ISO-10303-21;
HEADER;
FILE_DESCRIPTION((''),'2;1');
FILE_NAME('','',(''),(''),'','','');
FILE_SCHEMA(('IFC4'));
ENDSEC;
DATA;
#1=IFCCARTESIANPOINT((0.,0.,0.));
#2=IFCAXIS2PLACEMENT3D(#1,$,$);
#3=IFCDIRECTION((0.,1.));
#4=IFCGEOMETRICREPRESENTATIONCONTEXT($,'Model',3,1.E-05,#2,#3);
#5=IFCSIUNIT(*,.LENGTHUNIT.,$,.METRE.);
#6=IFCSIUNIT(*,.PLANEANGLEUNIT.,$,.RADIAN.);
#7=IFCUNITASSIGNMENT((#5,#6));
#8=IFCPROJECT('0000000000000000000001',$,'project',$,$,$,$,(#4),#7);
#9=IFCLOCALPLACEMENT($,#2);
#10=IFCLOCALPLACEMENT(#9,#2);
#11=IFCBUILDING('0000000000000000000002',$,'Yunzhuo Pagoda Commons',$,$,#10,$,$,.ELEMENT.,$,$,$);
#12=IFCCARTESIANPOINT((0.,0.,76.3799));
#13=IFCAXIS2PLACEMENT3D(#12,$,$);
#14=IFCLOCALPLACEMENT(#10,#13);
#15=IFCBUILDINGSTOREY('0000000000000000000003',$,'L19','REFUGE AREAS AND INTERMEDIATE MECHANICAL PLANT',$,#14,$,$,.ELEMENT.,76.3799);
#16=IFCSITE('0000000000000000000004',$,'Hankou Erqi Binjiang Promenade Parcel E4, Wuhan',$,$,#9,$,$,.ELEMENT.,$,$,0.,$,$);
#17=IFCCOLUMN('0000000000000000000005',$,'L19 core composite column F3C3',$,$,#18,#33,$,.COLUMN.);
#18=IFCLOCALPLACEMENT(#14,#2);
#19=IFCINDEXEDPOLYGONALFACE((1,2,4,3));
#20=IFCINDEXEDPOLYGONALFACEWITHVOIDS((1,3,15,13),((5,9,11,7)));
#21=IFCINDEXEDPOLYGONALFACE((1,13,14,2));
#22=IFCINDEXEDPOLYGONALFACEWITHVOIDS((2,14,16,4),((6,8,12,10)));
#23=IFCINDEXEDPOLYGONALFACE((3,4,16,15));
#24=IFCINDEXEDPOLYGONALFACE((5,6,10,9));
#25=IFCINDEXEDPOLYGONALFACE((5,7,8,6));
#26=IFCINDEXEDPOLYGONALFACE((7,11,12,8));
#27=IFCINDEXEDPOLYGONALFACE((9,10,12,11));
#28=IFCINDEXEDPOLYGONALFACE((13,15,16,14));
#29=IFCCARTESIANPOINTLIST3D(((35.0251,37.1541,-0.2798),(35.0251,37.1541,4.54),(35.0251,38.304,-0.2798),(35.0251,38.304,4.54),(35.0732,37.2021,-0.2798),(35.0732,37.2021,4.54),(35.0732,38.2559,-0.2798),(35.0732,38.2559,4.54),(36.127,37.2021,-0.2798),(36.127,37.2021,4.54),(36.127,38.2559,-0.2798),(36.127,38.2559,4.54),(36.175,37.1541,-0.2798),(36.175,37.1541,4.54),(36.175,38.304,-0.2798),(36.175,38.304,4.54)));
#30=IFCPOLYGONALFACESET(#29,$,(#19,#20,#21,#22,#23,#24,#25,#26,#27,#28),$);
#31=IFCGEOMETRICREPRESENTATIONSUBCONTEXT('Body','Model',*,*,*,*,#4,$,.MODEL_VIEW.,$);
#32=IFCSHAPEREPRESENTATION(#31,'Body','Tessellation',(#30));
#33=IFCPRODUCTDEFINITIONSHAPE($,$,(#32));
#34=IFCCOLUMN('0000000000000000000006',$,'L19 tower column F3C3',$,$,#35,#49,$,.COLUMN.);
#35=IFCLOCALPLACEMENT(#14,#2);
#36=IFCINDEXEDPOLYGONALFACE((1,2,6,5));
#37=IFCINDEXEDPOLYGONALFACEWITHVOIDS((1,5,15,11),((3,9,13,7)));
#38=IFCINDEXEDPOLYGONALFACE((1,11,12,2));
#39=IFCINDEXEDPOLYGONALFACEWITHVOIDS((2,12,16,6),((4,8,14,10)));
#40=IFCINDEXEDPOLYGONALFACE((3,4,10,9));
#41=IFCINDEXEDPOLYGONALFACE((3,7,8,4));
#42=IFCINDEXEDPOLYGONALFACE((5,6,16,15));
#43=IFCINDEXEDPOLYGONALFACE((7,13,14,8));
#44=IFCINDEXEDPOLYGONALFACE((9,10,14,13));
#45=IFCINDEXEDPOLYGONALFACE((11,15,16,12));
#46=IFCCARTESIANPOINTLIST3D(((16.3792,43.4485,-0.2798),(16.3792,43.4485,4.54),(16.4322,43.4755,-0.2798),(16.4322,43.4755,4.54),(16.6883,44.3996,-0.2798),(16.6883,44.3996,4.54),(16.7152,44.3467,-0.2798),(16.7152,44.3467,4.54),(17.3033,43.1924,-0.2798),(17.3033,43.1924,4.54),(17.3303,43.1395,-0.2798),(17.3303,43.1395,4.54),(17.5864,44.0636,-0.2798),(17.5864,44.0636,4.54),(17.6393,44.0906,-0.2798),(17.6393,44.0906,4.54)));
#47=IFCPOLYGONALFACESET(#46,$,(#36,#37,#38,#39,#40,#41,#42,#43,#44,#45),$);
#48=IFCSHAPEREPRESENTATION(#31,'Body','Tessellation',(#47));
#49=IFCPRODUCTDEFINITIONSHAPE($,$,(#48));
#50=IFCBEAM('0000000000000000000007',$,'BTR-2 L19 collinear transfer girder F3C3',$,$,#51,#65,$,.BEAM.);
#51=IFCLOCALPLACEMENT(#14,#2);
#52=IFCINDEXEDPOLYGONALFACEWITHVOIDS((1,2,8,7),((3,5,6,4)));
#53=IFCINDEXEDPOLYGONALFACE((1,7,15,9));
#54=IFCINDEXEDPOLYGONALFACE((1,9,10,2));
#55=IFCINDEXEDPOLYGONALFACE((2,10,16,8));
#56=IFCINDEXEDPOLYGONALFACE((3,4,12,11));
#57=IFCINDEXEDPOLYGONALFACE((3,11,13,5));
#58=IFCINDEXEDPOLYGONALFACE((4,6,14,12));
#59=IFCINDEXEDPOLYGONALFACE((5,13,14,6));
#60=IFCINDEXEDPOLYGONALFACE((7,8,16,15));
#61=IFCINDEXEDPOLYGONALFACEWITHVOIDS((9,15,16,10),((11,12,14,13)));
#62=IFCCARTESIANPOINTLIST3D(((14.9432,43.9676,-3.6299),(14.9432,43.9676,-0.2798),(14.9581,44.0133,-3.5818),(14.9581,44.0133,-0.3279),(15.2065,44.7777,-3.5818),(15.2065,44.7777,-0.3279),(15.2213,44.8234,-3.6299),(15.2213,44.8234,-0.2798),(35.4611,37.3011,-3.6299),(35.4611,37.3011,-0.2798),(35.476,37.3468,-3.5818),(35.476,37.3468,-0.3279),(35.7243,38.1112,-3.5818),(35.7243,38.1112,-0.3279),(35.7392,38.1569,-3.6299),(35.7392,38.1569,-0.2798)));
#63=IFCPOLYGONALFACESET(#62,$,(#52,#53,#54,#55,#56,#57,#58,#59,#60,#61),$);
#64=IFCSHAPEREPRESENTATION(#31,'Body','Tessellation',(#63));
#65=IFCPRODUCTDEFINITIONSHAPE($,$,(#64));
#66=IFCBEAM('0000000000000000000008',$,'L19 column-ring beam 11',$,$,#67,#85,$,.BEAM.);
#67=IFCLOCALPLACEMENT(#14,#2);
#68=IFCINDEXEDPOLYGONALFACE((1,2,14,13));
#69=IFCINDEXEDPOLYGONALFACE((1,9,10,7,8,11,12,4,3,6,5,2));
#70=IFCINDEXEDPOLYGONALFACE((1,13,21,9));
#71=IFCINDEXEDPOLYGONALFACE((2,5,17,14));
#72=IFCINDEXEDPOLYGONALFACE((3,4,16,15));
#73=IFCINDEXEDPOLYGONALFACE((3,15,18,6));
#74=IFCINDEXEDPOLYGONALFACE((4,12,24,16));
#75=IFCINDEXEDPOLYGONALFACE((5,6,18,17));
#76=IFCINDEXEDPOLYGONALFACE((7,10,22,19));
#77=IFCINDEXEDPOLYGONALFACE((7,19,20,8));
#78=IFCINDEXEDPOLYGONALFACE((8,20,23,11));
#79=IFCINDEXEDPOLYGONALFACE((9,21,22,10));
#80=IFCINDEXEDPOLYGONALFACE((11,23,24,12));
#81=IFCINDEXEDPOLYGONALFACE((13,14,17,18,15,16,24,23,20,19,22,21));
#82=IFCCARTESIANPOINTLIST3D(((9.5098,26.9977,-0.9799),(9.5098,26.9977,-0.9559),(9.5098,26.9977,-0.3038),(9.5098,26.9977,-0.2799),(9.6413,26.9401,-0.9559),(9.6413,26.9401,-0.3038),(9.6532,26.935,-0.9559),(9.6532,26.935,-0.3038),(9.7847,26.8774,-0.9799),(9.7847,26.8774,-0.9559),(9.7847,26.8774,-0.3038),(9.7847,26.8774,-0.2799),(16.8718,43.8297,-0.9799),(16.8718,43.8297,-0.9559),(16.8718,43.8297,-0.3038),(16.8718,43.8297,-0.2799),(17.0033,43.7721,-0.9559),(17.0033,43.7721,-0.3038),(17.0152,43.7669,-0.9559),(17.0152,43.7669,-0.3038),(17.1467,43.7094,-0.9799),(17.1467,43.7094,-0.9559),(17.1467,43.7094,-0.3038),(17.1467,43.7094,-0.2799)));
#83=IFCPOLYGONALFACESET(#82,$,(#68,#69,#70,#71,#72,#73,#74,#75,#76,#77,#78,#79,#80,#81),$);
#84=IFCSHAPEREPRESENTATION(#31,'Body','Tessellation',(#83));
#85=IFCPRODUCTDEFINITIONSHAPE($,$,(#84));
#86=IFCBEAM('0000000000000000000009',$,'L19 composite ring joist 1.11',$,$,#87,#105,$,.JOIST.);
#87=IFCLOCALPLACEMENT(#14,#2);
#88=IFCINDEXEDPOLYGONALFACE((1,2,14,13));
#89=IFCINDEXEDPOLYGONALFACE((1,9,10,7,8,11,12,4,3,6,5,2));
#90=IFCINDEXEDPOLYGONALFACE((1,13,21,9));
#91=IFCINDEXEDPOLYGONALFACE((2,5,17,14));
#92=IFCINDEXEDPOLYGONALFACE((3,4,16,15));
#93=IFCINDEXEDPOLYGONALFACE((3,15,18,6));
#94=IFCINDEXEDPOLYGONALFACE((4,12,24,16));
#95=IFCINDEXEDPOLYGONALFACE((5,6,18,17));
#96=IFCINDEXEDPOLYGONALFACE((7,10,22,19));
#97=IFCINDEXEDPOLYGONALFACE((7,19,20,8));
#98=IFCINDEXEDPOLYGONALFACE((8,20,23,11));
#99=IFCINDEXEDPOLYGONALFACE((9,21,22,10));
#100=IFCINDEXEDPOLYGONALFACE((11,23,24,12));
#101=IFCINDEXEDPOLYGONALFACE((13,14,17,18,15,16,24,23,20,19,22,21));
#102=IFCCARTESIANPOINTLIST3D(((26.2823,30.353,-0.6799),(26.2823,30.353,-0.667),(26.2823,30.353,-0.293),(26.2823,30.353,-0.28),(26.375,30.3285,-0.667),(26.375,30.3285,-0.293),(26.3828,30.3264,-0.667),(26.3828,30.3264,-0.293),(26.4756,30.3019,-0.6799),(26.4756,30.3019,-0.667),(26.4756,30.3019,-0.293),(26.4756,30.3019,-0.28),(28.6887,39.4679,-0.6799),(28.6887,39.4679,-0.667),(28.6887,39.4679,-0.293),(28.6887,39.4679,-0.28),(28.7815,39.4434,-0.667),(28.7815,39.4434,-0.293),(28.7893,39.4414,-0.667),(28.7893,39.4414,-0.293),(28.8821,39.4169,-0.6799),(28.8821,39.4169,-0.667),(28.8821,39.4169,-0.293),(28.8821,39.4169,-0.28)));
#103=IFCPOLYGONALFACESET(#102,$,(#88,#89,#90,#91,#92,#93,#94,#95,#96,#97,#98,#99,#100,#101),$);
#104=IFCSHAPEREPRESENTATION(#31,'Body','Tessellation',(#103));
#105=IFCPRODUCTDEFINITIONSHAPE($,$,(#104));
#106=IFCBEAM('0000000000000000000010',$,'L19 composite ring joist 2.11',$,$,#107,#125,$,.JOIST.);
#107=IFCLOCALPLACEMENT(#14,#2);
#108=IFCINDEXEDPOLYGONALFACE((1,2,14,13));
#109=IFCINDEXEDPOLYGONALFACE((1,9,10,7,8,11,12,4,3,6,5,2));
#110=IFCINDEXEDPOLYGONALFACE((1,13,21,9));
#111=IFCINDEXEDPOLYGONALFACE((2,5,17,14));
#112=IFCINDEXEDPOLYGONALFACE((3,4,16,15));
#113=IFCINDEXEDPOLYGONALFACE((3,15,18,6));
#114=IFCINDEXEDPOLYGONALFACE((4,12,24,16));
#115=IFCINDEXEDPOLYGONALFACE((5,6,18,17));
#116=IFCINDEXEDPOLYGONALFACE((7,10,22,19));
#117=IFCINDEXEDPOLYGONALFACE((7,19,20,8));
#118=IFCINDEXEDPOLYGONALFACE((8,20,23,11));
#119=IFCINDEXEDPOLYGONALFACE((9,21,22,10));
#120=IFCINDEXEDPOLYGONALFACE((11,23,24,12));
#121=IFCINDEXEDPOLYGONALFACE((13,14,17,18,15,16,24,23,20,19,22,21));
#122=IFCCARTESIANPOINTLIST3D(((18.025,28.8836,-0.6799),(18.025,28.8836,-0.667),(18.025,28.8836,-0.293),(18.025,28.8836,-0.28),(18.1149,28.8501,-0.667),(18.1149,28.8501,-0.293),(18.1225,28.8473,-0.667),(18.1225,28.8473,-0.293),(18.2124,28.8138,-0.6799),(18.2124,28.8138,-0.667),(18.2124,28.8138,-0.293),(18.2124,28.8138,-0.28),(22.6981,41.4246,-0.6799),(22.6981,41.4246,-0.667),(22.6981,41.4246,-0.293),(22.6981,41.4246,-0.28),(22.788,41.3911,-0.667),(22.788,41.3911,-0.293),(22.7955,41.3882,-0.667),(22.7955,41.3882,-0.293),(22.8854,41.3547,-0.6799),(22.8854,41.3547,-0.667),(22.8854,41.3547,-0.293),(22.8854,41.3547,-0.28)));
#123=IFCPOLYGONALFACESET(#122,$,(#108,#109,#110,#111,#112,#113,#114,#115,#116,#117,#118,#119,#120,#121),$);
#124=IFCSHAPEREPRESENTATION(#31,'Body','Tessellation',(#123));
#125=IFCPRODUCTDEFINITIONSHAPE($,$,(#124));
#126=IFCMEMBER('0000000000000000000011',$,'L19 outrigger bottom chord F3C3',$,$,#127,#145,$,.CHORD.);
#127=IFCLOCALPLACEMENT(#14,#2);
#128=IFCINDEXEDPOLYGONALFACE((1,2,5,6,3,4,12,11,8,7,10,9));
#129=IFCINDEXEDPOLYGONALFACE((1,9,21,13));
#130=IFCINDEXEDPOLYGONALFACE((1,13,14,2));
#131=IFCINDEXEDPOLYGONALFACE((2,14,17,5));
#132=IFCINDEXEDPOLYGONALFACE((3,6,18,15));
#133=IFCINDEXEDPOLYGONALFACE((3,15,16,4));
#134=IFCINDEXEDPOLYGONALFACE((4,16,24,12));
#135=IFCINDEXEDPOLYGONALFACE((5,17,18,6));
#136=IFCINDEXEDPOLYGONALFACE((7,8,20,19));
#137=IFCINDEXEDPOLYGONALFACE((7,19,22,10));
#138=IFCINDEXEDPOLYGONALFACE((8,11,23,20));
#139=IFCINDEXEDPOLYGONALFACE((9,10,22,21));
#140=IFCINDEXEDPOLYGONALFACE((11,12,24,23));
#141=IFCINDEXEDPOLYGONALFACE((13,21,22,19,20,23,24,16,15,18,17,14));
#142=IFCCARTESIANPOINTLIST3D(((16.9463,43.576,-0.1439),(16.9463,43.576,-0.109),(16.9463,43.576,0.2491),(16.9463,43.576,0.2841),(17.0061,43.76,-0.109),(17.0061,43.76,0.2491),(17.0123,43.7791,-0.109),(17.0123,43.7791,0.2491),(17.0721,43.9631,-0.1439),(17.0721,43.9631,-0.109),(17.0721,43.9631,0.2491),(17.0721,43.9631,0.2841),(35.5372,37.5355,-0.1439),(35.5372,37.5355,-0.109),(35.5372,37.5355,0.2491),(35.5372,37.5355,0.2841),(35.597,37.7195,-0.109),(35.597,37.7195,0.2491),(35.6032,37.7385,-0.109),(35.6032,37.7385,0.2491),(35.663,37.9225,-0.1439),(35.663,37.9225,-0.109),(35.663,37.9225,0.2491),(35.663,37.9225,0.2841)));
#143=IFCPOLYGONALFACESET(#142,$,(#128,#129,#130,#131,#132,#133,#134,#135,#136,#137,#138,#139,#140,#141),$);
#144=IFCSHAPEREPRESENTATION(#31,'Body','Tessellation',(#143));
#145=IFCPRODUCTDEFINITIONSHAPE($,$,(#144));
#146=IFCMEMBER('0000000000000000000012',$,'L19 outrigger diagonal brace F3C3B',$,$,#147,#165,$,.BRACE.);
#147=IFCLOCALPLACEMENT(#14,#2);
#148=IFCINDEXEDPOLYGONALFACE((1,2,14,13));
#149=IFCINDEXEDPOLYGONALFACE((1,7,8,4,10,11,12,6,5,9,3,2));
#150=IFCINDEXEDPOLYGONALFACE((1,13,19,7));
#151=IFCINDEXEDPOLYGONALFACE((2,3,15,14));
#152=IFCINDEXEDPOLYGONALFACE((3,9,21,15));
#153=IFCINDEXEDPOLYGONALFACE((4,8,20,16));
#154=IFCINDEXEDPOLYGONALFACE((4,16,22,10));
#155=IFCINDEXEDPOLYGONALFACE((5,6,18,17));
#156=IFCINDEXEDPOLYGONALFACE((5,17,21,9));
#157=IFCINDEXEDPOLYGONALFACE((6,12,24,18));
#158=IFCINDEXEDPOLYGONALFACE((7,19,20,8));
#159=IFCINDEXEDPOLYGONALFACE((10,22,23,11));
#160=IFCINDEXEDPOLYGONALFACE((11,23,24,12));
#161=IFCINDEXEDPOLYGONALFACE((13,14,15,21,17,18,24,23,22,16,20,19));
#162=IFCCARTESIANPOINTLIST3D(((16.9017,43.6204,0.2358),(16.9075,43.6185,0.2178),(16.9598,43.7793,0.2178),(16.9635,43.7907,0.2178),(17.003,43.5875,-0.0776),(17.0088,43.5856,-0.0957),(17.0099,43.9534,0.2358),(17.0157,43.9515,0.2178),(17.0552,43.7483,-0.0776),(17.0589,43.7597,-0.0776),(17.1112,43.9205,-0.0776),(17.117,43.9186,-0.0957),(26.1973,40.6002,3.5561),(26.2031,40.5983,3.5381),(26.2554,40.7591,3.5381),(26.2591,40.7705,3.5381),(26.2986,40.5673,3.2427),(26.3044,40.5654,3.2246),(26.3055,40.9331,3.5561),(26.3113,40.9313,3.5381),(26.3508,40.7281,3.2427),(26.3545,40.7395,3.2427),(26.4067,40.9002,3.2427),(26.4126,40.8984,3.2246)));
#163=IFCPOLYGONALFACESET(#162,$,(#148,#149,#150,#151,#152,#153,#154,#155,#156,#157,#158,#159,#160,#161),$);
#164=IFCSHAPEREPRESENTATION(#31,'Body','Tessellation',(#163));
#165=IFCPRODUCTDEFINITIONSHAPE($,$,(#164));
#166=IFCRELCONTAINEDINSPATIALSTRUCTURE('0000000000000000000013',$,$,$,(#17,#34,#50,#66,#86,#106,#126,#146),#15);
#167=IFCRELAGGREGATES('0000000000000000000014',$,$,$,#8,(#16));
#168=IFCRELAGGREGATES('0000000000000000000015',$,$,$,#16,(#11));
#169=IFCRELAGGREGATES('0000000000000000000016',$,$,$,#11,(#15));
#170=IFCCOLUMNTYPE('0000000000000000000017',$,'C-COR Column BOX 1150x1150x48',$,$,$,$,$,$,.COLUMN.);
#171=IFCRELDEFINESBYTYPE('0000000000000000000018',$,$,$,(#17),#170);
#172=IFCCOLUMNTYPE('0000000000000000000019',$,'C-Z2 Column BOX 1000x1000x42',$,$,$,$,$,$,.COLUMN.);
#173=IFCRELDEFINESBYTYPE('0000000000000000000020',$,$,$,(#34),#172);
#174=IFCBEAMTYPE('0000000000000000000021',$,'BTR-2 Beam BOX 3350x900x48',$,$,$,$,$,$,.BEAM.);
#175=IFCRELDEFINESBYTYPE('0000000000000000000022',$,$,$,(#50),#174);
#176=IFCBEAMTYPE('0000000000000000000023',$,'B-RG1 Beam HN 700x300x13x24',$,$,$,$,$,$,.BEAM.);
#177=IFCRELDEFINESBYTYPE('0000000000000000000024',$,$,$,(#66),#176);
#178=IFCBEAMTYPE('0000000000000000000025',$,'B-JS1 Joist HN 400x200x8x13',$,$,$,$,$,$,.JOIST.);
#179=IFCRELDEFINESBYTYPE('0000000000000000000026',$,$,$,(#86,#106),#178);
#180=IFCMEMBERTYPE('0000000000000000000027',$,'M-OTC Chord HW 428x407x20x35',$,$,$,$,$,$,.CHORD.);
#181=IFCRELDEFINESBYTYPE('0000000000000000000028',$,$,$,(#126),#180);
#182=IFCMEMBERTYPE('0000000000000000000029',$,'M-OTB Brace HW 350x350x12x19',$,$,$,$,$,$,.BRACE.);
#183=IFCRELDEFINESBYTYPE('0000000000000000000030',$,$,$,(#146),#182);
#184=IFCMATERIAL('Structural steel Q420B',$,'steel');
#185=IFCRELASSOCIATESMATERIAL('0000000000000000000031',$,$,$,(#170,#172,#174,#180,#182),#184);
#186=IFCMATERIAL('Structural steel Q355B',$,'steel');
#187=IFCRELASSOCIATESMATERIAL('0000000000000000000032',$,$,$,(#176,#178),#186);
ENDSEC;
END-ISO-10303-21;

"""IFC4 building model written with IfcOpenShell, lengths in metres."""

from ifc_helpers import new_model, si_unit, direction, frame, origin, origin_2d, place, context, subcontext, project, spatial, hollow_rectangle, i_section, extrude, source, transform, mapped, material, material_profile, profile_set, type_object, element, save


model = new_model("IFC4")

# Units and contexts
model_context = context("Model", 3, precision=1e-05, world=origin(), true_north=direction((0.0, 1.0)))
body_context = subcontext(model_context, "Body", "Model", "MODEL_VIEW")
ifc_project = project(units=[si_unit("LENGTHUNIT", "METRE"), si_unit("PLANEANGLEUNIT", "RADIAN")], contexts=[model_context])

# Site, building, storey
site_placement = place(None, origin())
site = spatial("IfcSite", under=ifc_project, at=site_placement, Name="Hankou Erqi Binjiang Promenade Parcel E4, Wuhan", CompositionType="ELEMENT", RefElevation=0.0)
building_placement = place(site_placement, origin())
building = spatial("IfcBuilding", under=site, at=building_placement, Name="Yunzhuo Pagoda Commons", CompositionType="ELEMENT")
storey_placement = place(building_placement, frame((0.0, 0.0, 76.3799)))
storey = spatial("IfcBuildingStorey", under=building, at=storey_placement, Name="L19", Description="REFUGE AREAS AND INTERMEDIATE MECHANICAL PLANT", CompositionType="ELEMENT", Elevation=76.3799)

# Columns
ifc_material_1 = material(Name="Structural steel Q420B", Category="steel")
ifc_material_profile_1 = material_profile(ifc_material_1, hollow_rectangle(XDim=1.1499, YDim=1.1499, WallThickness=0.0481, at=origin_2d()), Name="Structural steel Q420B")
ifc_profile_set_1 = profile_set([ifc_material_profile_1], Name="Structural steel Q420B")
column_type_1 = type_object("IfcColumnType", Name="C-COR Column BOX 1150x1150x48", PredefinedType="COLUMN", material=ifc_profile_set_1)
shared_shape_1 = source(origin(), body_context, "Body", "SweptSolid", [
    extrude(hollow_rectangle(XDim=1.1499, YDim=1.1499, WallThickness=0.0481, at=origin_2d()), origin(), (0.0, 0.0, 1.0), 4.8198),
])
column_1_placement = place(storey_placement, frame((35.6001, 37.729, -0.2798), z_axis=(0.0, 0.0, 1.0), x_axis=(1.0, 0.0, 0.0)))
element("IfcColumn", 1, at=column_1_placement, inside=storey, type_object=column_type_1, Name="L19 core composite column F3C3", PredefinedType="COLUMN", context=body_context, shape_type="MappedRepresentation", body=[
    mapped(shared_shape_1, transform((0.0, 0.0, 0.0), scale=1.0)),
])
ifc_material_profile_2 = material_profile(ifc_material_1, hollow_rectangle(XDim=1.0, YDim=1.0, WallThickness=0.042, at=origin_2d()), Name="Structural steel Q420B")
ifc_profile_set_2 = profile_set([ifc_material_profile_2], Name="Structural steel Q420B")
column_type_2 = type_object("IfcColumnType", Name="C-Z2 Column BOX 1000x1000x42", PredefinedType="COLUMN", material=ifc_profile_set_2)
shared_shape_2 = source(origin(), body_context, "Body", "SweptSolid", [
    extrude(hollow_rectangle(XDim=1.0, YDim=1.0, WallThickness=0.042, at=origin_2d()), origin(), (0.0, 0.0, 1.0), 4.8198),
])
column_2_placement = place(storey_placement, frame((17.0093, 43.7695, -0.2798), z_axis=(0.0, 0.0, 1.0), x_axis=(-0.309017, -0.951057, 0.0)))
element("IfcColumn", 2, at=column_2_placement, inside=storey, type_object=column_type_2, Name="L19 tower column F3C3", PredefinedType="COLUMN", context=body_context, shape_type="MappedRepresentation", body=[
    mapped(shared_shape_2, transform((0.0, 0.0, 0.0), scale=1.0)),
])

# Beams
ifc_material_profile_3 = material_profile(ifc_material_1, hollow_rectangle(XDim=0.8999, YDim=3.3501, WallThickness=0.0481, at=origin_2d()), Name="Structural steel Q420B")
ifc_profile_set_3 = profile_set([ifc_material_profile_3], Name="Structural steel Q420B")
beam_type_1 = type_object("IfcBeamType", Name="BTR-2 Beam BOX 3350x900x48", PredefinedType="BEAM", material=ifc_profile_set_3)
shared_shape_3 = source(origin(), body_context, "Body", "SweptSolid", [
    extrude(hollow_rectangle(XDim=0.8999, YDim=3.3501, WallThickness=0.0481, at=origin_2d()), origin(), (0.0, 0.0, 1.0), 21.5737),
])
beam_1_placement = place(storey_placement, frame((15.0823, 44.3955, -1.9548), z_axis=(0.951058, -0.309011, 0.0), x_axis=(0.309011, 0.951058, 0.0)))
element("IfcBeam", 3, at=beam_1_placement, inside=storey, type_object=beam_type_1, Name="BTR-2 L19 collinear transfer girder F3C3", PredefinedType="BEAM", context=body_context, shape_type="MappedRepresentation", body=[
    mapped(shared_shape_3, transform((0.0, 0.0, 0.0), scale=1.0)),
])
ifc_material_2 = material(Name="Structural steel Q355B", Category="steel")
ifc_material_profile_4 = material_profile(ifc_material_2, i_section(OverallWidth=0.3, OverallDepth=0.7, WebThickness=0.0129, FlangeThickness=0.0239, at=origin_2d()), Name="Structural steel Q355B")
ifc_profile_set_4 = profile_set([ifc_material_profile_4], Name="Structural steel Q355B")
beam_type_2 = type_object("IfcBeamType", Name="B-RG1 Beam HN 700x300x13x24", PredefinedType="BEAM", material=ifc_profile_set_4)
shared_shape_4 = source(origin(), body_context, "Body", "SweptSolid", [
    extrude(i_section(OverallWidth=0.3, OverallDepth=0.7, WebThickness=0.0129, FlangeThickness=0.0239, at=origin_2d()), origin(), (0.0, 0.0, 1.0), 18.3716),
])
beam_2_placement = place(storey_placement, frame((17.0093, 43.7695, -0.6299), z_axis=(-0.40073, -0.916196, 0.0), x_axis=(0.916196, -0.40073, 0.0)))
element("IfcBeam", 4, at=beam_2_placement, inside=storey, type_object=beam_type_2, Name="L19 column-ring beam 11", PredefinedType="BEAM", context=body_context, shape_type="MappedRepresentation", body=[
    mapped(shared_shape_4, transform((0.0, 0.0, 0.0), scale=1.0)),
])
ifc_material_profile_5 = material_profile(ifc_material_2, i_section(OverallWidth=0.2, OverallDepth=0.3999, WebThickness=0.0081, FlangeThickness=0.0129, at=origin_2d()), Name="Structural steel Q355B")
ifc_profile_set_5 = profile_set([ifc_material_profile_5], Name="Structural steel Q355B")
beam_type_3 = type_object("IfcBeamType", Name="B-JS1 Joist HN 400x200x8x13", PredefinedType="JOIST", material=ifc_profile_set_5)
shared_shape_5 = source(origin(), body_context, "Body", "SweptSolid", [
    extrude(i_section(OverallWidth=0.2, OverallDepth=0.3999, WebThickness=0.0081, FlangeThickness=0.0129, at=origin_2d()), origin(), (0.0, 0.0, 1.0), 9.4272),
])
beam_3_placement = place(storey_placement, frame((28.7854, 39.4424, -0.48), z_axis=(-0.255268, -0.96687, 0.0), x_axis=(0.96687, -0.255268, 0.0)))
element("IfcBeam", 5, at=beam_3_placement, inside=storey, type_object=beam_type_3, Name="L19 composite ring joist 1.11", PredefinedType="JOIST", context=body_context, shape_type="MappedRepresentation", body=[
    mapped(shared_shape_5, transform((0.0, 0.0, 0.0), scale=1.0)),
])
shared_shape_6 = source(origin(), body_context, "Body", "SweptSolid", [
    extrude(i_section(OverallWidth=0.2, OverallDepth=0.3999, WebThickness=0.0081, FlangeThickness=0.0129, at=origin_2d()), origin(), (0.0, 0.0, 1.0), 13.3833),
])
beam_4_placement = place(storey_placement, frame((22.7917, 41.3896, -0.48), z_axis=(-0.349172, -0.937059, 0.0), x_axis=(0.937059, -0.349172, 0.0)))
element("IfcBeam", 6, at=beam_4_placement, inside=storey, type_object=beam_type_3, Name="L19 composite ring joist 2.11", PredefinedType="JOIST", context=body_context, shape_type="MappedRepresentation", body=[
    mapped(shared_shape_6, transform((0.0, 0.0, 0.0), scale=1.0)),
])

# Members
ifc_material_profile_6 = material_profile(ifc_material_1, i_section(OverallWidth=0.407, OverallDepth=0.428, WebThickness=0.02, FlangeThickness=0.0349, at=origin_2d()), Name="Structural steel Q420B")
ifc_profile_set_6 = profile_set([ifc_material_profile_6], Name="Structural steel Q420B")
member_type_1 = type_object("IfcMemberType", Name="M-OTC Chord HW 428x407x20x35", PredefinedType="CHORD", material=ifc_profile_set_6)
shared_shape_7 = source(origin(), body_context, "Body", "SweptSolid", [
    extrude(i_section(OverallWidth=0.407, OverallDepth=0.428, WebThickness=0.02, FlangeThickness=0.0349, at=origin_2d()), origin(), (0.0, 0.0, 1.0), 19.5476),
])
member_1_placement = place(storey_placement, frame((35.6001, 37.729, 0.0701), z_axis=(-0.951056, 0.309017, 0.0), x_axis=(-0.309017, -0.951056, 0.0)))
element("IfcMember", 7, at=member_1_placement, inside=storey, type_object=member_type_1, Name="L19 outrigger bottom chord F3C3", PredefinedType="CHORD", context=body_context, shape_type="MappedRepresentation", body=[
    mapped(shared_shape_7, transform((0.0, 0.0, 0.0), scale=1.0)),
])
ifc_material_profile_7 = material_profile(ifc_material_1, i_section(OverallWidth=0.3501, OverallDepth=0.3501, WebThickness=0.012, FlangeThickness=0.019, at=origin_2d()), Name="Structural steel Q420B")
ifc_profile_set_7 = profile_set([ifc_material_profile_7], Name="Structural steel Q420B")
member_type_2 = type_object("IfcMemberType", Name="M-OTB Brace HW 350x350x12x19", PredefinedType="BRACE", material=ifc_profile_set_7)
shared_shape_8 = source(origin(), body_context, "Body", "SweptSolid", [
    extrude(i_section(OverallWidth=0.3501, OverallDepth=0.3501, WebThickness=0.012, FlangeThickness=0.019, at=origin_2d()), origin(), (0.0, 0.0, 1.0), 10.3225),
])
member_2_placement = place(storey_placement, frame((26.3049, 40.7493, 3.3904), z_axis=(-0.900517, 0.292588, -0.321655), x_axis=(-0.30901, -0.951059, 0.0)))
element("IfcMember", 8, at=member_2_placement, inside=storey, type_object=member_type_2, Name="L19 outrigger diagonal brace F3C3B", PredefinedType="BRACE", context=body_context, shape_type="MappedRepresentation", body=[
    mapped(shared_shape_8, transform((0.0, 0.0, 0.0), scale=1.0)),
])

save(model, "model.ifc")
